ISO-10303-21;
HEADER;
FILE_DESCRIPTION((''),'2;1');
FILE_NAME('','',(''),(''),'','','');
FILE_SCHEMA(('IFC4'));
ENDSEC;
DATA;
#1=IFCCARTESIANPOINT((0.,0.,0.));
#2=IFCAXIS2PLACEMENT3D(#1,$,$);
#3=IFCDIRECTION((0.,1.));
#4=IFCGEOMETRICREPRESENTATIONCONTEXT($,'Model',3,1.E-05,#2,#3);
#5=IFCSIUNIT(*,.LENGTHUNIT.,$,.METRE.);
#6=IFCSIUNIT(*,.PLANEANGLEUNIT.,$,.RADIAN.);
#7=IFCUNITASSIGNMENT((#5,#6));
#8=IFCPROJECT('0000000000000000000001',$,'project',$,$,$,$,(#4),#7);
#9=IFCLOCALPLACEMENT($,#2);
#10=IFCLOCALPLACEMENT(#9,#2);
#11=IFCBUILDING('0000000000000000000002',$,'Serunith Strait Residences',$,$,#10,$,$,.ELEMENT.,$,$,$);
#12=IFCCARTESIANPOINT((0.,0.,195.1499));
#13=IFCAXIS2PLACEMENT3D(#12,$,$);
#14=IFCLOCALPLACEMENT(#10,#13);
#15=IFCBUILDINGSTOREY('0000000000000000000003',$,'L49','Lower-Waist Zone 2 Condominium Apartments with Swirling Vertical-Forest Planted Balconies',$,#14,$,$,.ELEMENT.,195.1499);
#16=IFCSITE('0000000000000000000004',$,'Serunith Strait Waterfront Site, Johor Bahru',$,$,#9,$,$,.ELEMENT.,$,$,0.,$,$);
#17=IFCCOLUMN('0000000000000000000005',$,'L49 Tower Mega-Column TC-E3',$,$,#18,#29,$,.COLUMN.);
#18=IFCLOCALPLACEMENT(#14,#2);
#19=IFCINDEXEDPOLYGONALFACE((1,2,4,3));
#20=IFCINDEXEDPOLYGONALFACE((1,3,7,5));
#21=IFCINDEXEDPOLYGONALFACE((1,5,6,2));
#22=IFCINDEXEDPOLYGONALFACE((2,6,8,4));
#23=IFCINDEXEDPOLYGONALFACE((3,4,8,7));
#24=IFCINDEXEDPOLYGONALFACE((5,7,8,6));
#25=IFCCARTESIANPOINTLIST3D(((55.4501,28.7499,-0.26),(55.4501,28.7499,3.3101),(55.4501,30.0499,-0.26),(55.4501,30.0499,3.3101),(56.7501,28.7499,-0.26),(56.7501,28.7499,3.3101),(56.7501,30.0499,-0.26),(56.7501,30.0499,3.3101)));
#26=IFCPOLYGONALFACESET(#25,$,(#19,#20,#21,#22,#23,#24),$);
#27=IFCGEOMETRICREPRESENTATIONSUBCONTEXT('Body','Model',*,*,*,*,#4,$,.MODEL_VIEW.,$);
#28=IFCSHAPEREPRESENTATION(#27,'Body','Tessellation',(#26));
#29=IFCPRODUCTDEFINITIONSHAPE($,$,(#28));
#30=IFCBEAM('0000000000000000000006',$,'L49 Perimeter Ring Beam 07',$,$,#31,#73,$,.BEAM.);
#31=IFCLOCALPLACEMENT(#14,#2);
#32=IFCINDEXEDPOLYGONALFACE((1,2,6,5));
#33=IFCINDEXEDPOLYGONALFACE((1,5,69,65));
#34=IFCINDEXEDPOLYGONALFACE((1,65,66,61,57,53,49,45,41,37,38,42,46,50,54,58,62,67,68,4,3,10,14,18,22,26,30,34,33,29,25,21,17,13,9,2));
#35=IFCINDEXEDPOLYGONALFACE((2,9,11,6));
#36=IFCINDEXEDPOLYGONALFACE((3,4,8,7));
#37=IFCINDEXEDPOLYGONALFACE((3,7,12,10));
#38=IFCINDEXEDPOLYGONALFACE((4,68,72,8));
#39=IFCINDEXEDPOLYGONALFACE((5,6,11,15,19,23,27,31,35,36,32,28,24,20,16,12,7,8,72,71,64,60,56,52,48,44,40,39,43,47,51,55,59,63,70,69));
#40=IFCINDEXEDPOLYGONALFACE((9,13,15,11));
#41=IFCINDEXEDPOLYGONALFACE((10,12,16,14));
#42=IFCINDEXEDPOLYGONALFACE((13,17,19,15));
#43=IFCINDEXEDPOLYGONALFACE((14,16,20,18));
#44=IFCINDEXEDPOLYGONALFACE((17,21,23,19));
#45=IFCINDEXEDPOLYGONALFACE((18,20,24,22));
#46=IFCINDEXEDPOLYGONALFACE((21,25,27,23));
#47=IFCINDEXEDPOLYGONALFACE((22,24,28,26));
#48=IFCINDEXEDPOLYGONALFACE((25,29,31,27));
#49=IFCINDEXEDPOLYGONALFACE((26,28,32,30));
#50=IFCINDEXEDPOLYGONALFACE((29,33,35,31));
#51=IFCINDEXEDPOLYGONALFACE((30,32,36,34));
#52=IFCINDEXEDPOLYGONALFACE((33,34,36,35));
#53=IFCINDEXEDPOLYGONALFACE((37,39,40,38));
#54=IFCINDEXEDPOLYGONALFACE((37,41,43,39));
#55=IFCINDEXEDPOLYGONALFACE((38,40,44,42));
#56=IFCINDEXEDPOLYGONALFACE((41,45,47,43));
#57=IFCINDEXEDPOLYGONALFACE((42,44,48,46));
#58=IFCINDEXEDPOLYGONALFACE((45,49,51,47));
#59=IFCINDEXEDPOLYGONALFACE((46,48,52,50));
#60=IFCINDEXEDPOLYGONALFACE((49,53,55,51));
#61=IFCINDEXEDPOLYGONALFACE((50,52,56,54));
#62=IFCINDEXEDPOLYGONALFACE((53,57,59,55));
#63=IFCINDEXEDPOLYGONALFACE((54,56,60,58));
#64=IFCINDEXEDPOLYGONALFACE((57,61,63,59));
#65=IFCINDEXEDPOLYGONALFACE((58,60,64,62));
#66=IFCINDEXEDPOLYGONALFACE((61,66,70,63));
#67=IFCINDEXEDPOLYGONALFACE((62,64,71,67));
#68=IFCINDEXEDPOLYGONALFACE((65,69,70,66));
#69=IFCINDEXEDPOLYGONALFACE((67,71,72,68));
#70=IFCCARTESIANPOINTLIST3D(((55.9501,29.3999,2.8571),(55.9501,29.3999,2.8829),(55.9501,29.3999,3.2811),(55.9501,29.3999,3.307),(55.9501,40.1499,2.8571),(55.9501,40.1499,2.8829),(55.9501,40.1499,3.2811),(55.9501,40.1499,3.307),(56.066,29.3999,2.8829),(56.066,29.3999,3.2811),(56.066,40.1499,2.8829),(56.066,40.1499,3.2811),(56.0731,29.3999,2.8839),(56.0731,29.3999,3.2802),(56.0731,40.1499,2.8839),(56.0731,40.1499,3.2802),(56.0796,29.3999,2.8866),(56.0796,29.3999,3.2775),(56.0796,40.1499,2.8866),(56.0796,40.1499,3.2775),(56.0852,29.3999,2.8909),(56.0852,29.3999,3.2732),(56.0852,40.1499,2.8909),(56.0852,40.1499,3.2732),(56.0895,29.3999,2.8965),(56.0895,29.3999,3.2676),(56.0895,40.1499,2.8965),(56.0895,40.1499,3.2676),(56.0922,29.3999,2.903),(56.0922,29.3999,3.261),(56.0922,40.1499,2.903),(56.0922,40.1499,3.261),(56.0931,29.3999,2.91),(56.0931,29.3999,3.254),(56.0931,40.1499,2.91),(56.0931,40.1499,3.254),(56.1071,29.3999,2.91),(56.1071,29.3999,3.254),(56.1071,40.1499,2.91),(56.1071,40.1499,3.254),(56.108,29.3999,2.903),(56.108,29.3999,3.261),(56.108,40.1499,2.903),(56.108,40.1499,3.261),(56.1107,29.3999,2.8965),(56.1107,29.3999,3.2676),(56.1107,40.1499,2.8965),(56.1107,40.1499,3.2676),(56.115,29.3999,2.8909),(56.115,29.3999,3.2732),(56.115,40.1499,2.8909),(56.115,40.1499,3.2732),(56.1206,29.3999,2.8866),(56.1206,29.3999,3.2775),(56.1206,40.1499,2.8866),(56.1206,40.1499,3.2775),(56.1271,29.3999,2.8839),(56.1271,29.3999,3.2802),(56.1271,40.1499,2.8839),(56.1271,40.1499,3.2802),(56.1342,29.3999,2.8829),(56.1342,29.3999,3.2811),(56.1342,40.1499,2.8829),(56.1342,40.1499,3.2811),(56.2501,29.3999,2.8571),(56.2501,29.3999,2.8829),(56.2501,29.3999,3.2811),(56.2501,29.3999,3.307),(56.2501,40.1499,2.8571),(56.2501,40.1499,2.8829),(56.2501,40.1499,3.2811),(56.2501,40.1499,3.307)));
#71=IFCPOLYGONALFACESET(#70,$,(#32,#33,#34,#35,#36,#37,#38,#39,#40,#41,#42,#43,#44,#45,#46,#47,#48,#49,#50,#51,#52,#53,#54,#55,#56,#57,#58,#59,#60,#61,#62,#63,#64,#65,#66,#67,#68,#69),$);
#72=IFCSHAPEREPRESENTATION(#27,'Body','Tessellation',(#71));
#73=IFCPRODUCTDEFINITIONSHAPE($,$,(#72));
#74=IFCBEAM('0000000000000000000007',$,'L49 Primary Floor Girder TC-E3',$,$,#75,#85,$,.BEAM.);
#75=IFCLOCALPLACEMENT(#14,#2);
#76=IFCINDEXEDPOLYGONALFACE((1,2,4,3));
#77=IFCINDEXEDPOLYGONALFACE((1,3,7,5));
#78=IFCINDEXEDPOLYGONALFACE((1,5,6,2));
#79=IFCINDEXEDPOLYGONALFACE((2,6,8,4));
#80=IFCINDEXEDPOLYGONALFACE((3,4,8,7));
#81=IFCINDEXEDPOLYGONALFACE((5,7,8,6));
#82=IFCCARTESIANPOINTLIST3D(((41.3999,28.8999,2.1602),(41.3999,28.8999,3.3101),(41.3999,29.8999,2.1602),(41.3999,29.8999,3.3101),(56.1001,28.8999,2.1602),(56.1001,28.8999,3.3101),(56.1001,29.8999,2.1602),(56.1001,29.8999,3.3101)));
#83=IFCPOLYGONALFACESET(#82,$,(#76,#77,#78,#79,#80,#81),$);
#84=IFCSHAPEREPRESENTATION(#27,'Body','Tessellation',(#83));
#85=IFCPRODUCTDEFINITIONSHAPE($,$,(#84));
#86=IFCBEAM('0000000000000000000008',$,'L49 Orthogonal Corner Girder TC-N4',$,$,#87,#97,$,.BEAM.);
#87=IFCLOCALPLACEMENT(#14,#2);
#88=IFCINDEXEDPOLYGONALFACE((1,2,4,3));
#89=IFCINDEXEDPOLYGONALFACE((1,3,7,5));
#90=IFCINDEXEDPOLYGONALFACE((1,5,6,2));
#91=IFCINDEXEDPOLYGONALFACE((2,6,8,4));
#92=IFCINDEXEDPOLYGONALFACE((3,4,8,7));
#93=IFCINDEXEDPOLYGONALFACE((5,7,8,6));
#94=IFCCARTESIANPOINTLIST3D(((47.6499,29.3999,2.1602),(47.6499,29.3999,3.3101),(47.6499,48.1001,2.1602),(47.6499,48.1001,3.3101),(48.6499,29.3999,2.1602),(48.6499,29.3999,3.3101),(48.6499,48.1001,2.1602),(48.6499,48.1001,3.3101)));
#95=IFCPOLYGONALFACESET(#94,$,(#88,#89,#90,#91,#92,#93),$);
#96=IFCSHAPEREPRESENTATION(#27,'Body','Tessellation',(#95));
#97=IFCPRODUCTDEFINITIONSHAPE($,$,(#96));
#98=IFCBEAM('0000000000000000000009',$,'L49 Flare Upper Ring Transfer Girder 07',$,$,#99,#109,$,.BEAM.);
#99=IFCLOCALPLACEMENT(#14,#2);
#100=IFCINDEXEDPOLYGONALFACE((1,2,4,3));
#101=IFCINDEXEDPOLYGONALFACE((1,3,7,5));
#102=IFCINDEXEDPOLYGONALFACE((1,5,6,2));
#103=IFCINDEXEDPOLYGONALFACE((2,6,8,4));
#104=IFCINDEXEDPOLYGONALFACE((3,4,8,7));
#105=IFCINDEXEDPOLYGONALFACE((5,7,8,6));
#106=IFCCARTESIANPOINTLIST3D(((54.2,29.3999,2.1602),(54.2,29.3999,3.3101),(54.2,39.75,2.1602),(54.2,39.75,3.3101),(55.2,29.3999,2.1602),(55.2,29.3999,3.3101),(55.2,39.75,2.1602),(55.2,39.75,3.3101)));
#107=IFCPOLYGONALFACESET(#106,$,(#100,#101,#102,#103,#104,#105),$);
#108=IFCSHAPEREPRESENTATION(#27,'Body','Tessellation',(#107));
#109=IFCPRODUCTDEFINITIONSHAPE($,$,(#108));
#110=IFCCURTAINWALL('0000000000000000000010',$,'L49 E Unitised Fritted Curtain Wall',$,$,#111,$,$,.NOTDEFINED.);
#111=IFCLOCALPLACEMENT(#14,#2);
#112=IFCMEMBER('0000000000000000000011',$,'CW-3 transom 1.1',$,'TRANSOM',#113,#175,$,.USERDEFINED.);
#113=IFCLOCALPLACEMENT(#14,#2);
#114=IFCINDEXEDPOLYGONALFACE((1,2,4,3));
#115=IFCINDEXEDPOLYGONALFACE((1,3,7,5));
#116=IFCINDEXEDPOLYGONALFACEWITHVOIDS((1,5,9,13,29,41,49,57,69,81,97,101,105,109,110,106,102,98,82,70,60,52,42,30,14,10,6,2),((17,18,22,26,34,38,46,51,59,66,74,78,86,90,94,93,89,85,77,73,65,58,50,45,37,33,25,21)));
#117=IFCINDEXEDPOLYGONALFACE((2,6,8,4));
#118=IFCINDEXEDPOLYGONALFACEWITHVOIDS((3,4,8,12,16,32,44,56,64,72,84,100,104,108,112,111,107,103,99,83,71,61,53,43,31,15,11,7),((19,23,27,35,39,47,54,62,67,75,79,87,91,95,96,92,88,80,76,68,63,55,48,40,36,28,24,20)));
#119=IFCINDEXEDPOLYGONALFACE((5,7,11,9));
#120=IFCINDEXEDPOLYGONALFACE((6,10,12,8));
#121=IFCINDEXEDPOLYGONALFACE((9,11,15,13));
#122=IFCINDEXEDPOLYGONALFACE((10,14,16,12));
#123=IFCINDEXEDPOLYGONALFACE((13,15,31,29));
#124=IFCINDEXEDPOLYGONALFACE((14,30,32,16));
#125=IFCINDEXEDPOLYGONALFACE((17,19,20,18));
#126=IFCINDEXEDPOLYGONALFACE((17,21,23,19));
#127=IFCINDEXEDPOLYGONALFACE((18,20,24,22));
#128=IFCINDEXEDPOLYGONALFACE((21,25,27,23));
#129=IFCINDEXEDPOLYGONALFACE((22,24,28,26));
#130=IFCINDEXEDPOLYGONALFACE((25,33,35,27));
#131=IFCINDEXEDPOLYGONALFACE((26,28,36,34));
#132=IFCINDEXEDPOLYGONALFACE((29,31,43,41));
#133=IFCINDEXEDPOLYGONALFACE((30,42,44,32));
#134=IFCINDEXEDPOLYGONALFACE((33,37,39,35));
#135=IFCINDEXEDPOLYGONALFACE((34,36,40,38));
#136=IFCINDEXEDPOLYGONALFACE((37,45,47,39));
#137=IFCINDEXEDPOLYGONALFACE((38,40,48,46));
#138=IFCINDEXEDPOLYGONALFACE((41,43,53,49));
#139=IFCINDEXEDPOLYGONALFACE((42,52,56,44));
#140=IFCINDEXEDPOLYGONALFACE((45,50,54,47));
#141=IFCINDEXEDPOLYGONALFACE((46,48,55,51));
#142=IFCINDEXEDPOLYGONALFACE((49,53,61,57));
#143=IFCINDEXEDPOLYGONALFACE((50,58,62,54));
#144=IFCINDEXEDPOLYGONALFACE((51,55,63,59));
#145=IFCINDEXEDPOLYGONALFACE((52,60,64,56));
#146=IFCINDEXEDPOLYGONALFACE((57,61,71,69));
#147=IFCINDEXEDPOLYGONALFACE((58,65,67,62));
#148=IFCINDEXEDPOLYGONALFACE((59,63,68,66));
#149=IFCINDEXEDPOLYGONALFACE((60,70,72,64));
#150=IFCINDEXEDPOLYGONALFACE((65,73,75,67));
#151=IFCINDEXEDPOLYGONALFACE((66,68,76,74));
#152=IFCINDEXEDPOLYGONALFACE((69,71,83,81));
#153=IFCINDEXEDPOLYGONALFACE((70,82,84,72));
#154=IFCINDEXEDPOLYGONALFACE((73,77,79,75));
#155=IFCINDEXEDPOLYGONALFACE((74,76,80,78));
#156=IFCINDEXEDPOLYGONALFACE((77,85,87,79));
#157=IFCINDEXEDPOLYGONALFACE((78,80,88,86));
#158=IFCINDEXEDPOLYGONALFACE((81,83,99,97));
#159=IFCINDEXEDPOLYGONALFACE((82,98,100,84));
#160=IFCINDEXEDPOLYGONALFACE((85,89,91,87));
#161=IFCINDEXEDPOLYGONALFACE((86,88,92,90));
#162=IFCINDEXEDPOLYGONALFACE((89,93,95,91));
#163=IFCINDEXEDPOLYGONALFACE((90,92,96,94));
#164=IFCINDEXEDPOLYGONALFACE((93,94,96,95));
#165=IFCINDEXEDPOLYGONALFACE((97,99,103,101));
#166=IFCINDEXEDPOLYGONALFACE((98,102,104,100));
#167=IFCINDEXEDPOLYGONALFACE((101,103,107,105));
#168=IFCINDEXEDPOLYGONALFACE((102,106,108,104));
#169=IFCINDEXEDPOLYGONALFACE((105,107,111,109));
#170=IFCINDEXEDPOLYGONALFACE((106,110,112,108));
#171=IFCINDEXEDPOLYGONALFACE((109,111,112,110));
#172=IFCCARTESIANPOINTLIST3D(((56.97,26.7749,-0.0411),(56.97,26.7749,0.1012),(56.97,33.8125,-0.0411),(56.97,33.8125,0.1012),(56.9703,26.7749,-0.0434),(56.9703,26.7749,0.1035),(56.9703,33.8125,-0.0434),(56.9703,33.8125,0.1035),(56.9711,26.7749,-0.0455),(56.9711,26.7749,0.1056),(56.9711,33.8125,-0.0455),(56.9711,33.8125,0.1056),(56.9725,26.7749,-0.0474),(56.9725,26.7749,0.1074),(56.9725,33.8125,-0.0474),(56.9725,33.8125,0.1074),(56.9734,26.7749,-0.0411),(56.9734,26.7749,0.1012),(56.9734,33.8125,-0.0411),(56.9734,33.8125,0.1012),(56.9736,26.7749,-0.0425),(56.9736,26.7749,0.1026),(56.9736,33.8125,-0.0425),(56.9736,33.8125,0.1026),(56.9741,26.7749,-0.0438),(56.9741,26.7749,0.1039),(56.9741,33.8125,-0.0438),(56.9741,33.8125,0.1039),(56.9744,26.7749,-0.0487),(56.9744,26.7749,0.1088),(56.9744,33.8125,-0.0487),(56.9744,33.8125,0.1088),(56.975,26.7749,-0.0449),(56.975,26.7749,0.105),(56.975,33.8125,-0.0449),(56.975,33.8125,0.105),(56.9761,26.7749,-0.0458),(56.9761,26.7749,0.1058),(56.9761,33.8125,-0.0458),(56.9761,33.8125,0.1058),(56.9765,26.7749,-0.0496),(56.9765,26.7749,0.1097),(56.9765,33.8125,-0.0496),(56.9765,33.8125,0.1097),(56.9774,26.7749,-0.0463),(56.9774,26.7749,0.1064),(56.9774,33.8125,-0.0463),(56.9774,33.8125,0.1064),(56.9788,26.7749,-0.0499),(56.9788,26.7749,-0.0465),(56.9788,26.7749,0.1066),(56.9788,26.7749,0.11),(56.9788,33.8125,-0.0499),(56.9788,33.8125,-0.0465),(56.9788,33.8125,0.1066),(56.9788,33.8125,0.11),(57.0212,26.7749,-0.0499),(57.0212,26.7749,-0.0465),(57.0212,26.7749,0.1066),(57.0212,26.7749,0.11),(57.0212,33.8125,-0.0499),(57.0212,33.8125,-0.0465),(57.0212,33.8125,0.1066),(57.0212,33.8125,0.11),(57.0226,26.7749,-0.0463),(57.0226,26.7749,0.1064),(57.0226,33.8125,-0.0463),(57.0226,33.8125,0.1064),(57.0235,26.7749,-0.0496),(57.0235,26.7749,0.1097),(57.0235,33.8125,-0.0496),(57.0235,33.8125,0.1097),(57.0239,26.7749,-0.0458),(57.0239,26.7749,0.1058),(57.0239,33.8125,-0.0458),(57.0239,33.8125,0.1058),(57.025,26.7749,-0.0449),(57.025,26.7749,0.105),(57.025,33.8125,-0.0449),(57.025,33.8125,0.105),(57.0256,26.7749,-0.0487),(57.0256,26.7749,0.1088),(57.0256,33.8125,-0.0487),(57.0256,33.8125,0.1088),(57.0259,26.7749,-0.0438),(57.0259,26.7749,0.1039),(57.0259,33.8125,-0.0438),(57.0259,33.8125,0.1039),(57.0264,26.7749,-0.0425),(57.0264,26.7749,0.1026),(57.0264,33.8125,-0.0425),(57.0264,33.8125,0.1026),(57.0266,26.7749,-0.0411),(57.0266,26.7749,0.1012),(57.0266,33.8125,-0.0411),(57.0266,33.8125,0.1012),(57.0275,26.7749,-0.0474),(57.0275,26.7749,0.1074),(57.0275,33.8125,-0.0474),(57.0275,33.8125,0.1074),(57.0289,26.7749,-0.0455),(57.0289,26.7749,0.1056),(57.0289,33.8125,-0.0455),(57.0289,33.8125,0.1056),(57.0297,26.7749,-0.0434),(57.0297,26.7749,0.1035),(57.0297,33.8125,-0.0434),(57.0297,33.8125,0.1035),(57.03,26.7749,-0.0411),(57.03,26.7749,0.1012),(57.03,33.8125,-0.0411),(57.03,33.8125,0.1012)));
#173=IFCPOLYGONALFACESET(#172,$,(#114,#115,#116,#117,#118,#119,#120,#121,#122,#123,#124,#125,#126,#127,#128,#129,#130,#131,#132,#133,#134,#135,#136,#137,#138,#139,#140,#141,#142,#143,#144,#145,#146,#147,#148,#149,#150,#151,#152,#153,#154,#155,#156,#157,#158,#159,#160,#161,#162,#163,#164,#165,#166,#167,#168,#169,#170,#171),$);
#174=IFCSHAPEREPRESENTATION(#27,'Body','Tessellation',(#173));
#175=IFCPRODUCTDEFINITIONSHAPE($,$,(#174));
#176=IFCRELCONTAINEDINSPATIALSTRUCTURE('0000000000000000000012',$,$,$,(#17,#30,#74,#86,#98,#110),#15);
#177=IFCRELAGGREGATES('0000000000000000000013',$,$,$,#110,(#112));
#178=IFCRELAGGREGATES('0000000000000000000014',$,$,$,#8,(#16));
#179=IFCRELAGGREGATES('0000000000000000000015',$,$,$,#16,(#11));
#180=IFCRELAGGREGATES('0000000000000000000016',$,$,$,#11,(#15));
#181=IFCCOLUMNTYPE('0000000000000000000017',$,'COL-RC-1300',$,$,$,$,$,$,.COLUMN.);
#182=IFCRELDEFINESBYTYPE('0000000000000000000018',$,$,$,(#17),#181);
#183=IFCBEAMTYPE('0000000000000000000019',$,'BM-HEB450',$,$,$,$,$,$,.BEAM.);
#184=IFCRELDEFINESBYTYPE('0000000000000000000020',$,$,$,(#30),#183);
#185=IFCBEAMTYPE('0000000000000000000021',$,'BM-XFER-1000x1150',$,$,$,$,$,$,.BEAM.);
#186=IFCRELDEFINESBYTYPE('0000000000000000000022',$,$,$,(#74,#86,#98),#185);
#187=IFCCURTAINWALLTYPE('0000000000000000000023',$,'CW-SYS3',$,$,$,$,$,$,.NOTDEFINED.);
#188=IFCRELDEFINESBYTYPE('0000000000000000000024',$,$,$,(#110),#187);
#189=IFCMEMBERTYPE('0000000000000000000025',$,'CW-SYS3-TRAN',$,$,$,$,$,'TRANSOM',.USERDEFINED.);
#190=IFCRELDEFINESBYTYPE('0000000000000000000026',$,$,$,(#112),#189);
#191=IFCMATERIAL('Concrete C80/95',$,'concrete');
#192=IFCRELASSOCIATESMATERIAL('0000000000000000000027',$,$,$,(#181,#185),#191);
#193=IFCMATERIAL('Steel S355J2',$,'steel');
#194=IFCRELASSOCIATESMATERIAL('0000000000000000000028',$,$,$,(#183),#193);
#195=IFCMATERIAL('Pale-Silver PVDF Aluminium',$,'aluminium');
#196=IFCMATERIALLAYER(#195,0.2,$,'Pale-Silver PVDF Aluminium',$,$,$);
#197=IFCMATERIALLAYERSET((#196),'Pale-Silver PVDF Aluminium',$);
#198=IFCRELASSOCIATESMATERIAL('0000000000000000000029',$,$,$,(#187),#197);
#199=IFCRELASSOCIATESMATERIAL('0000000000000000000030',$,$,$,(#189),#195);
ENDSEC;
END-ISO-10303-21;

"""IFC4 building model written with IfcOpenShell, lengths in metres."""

from ifc_helpers import new_model, si_unit, direction, frame, origin, origin_2d, place, context, subcontext, project, spatial, rectangle, hollow_rectangle, i_section, extrude, source, transform, mapped, material, layer, layer_set, material_profile, profile_set, type_object, element, aggregate, save


model = new_model("IFC4")

# Units and contexts
model_context = context("Model", 3, precision=1e-05, world=origin(), true_north=direction((0.0, 1.0)))
body_context = subcontext(model_context, "Body", "Model", "MODEL_VIEW")
ifc_project = project(units=[si_unit("LENGTHUNIT", "METRE"), si_unit("PLANEANGLEUNIT", "RADIAN")], contexts=[model_context])

# Site, building, storey
site_placement = place(None, origin())
site = spatial("IfcSite", under=ifc_project, at=site_placement, Name="Serunith Strait Waterfront Site, Johor Bahru", CompositionType="ELEMENT", RefElevation=0.0)
building_placement = place(site_placement, origin())
building = spatial("IfcBuilding", under=site, at=building_placement, Name="Serunith Strait Residences", CompositionType="ELEMENT")
storey_placement = place(building_placement, frame((0.0, 0.0, 195.1499)))
storey = spatial("IfcBuildingStorey", under=building, at=storey_placement, Name="L49", Description="Lower-Waist Zone 2 Condominium Apartments with Swirling Vertical-Forest Planted Balconies", CompositionType="ELEMENT", Elevation=195.1499)

# Column
ifc_material_1 = material(Name="Concrete C80/95", Category="concrete")
ifc_material_profile_1 = material_profile(ifc_material_1, rectangle(XDim=1.3, YDim=1.3, at=origin_2d()), Name="RC 1300x1300")
ifc_profile_set_1 = profile_set([ifc_material_profile_1], Name="Concrete C80/95")
column_type = type_object("IfcColumnType", Name="COL-RC-1300", PredefinedType="COLUMN", material=ifc_profile_set_1)
shared_shape_1 = source(origin(), body_context, "Body", "SweptSolid", [
    extrude(rectangle(XDim=1.3, YDim=1.3, at=origin_2d()), origin(), (0.0, 0.0, 1.0), 3.5701),
])
column_placement = place(storey_placement, frame((56.1001, 29.3999, -0.26), z_axis=(0.0, 0.0, 1.0), x_axis=(1.0, 0.0, 0.0)))
element("IfcColumn", 1, at=column_placement, inside=storey, type_object=column_type, Name="L49 Tower Mega-Column TC-E3", PredefinedType="COLUMN", context=body_context, shape_type="MappedRepresentation", body=[
    mapped(shared_shape_1, transform((0.0, 0.0, 0.0), scale=1.0)),
])

# Beams
ifc_material_2 = material(Name="Steel S355J2", Category="steel")
ifc_material_profile_2 = material_profile(ifc_material_2, i_section(OverallWidth=0.3, OverallDepth=0.45, WebThickness=0.0139, FlangeThickness=0.0259, FilletRadius=0.0271, at=origin_2d()), Name="HEB 450")
ifc_profile_set_2 = profile_set([ifc_material_profile_2], Name="Steel S355J2")
beam_type_1 = type_object("IfcBeamType", Name="BM-HEB450", PredefinedType="BEAM", material=ifc_profile_set_2)
shared_shape_2 = source(origin(), body_context, "Body", "SweptSolid", [
    extrude(i_section(OverallWidth=0.3, OverallDepth=0.45, WebThickness=0.0139, FlangeThickness=0.0259, FilletRadius=0.0271, at=origin_2d()), origin(), (0.0, 0.0, 1.0), 10.75),
])
beam_1_placement = place(storey_placement, frame((56.1001, 29.3999, 3.082), z_axis=(0.0, 1.0, 0.0), x_axis=(-1.0, 0.0, 0.0)))
element("IfcBeam", 2, at=beam_1_placement, inside=storey, type_object=beam_type_1, Name="L49 Perimeter Ring Beam 07", PredefinedType="BEAM", context=body_context, shape_type="MappedRepresentation", body=[
    mapped(shared_shape_2, transform((0.0, 0.0, 0.0), scale=1.0)),
])
ifc_material_profile_3 = material_profile(ifc_material_1, rectangle(XDim=1.0, YDim=1.1499, at=origin_2d()), Name="RC 1000x1150")
ifc_profile_set_3 = profile_set([ifc_material_profile_3], Name="Concrete C80/95")
beam_type_2 = type_object("IfcBeamType", Name="BM-XFER-1000x1150", PredefinedType="BEAM", material=ifc_profile_set_3)
shared_shape_3 = source(origin(), body_context, "Body", "SweptSolid", [
    extrude(rectangle(XDim=1.0, YDim=1.1499, at=origin_2d()), origin(), (0.0, 0.0, 1.0), 14.7002),
])
beam_2_placement = place(storey_placement, frame((41.3999, 29.3999, 2.7351), z_axis=(1.0, 0.0, 0.0), x_axis=(0.0, 1.0, 0.0)))
element("IfcBeam", 3, at=beam_2_placement, inside=storey, type_object=beam_type_2, Name="L49 Primary Floor Girder TC-E3", PredefinedType="BEAM", context=body_context, shape_type="MappedRepresentation", body=[
    mapped(shared_shape_3, transform((0.0, 0.0, 0.0), scale=1.0)),
])
shared_shape_4 = source(origin(), body_context, "Body", "SweptSolid", [
    extrude(rectangle(XDim=1.0, YDim=1.1499, at=origin_2d()), origin(), (0.0, 0.0, 1.0), 18.7002),
])
beam_3_placement = place(storey_placement, frame((48.1499, 29.3999, 2.7351), z_axis=(0.0, 1.0, 0.0), x_axis=(-1.0, 0.0, 0.0)))
element("IfcBeam", 4, at=beam_3_placement, inside=storey, type_object=beam_type_2, Name="L49 Orthogonal Corner Girder TC-N4", PredefinedType="BEAM", context=body_context, shape_type="MappedRepresentation", body=[
    mapped(shared_shape_4, transform((0.0, 0.0, 0.0), scale=1.0)),
])
shared_shape_5 = source(origin(), body_context, "Body", "SweptSolid", [
    extrude(rectangle(XDim=1.0, YDim=1.1499, at=origin_2d()), origin(), (0.0, 0.0, 1.0), 10.3501),
])
beam_4_placement = place(storey_placement, frame((54.7, 29.3999, 2.7351), z_axis=(0.0, 1.0, 0.0), x_axis=(-1.0, 0.0, 0.0)))
element("IfcBeam", 5, at=beam_4_placement, inside=storey, type_object=beam_type_2, Name="L49 Flare Upper Ring Transfer Girder 07", PredefinedType="BEAM", context=body_context, shape_type="MappedRepresentation", body=[
    mapped(shared_shape_5, transform((0.0, 0.0, 0.0), scale=1.0)),
])

# Curtain wall, member
ifc_material_3 = material(Name="Pale-Silver PVDF Aluminium", Category="aluminium")
ifc_layer_1 = layer(ifc_material_3, 0.2, Name="Pale-Silver PVDF Aluminium")
ifc_layer_set_1 = layer_set([ifc_layer_1], Name="Pale-Silver PVDF Aluminium")
curtain_wall_type = type_object("IfcCurtainWallType", Name="CW-SYS3", PredefinedType="NOTDEFINED", material=ifc_layer_set_1)
curtain_wall_placement = place(storey_placement, origin())
curtain_wall = element("IfcCurtainWall", 6, at=curtain_wall_placement, inside=storey, type_object=curtain_wall_type, Name="L49 E Unitised Fritted Curtain Wall", PredefinedType="NOTDEFINED")
ifc_material_profile_4 = material_profile(ifc_material_3, hollow_rectangle(XDim=0.0601, YDim=0.1599, WallThickness=0.0034, InnerFilletRadius=0.0054, OuterFilletRadius=0.0088, at=origin_2d()), Name="ALU 160x60x3.5")
ifc_profile_set_4 = profile_set([ifc_material_profile_4], Name="Pale-Silver PVDF Aluminium")
member_type_1 = type_object("IfcMemberType", Name="CW-SYS3-TRAN", ElementType="TRANSOM", PredefinedType="USERDEFINED", material=ifc_profile_set_4)
shared_shape_6 = source(origin(), body_context, "Body", "SweptSolid", [
    extrude(hollow_rectangle(XDim=0.0601, YDim=0.1599, WallThickness=0.0034, InnerFilletRadius=0.0054, OuterFilletRadius=0.0088, at=origin_2d()), origin(), (0.0, 0.0, 1.0), 7.0376),
])
member_1_placement = place(storey_placement, frame((57.0, 26.7749, 0.03), z_axis=(0.0, 1.0, 0.0), x_axis=(-1.0, 0.0, 0.0)))
member_1 = element("IfcMember", 7, at=member_1_placement, type_object=member_type_1, Name="CW-3 transom 1.1", ObjectType="TRANSOM", PredefinedType="USERDEFINED", context=body_context, shape_type="MappedRepresentation", body=[
    mapped(shared_shape_6, transform((0.0, 0.0, 0.0), scale=1.0)),
])
aggregate(curtain_wall, [member_1])

save(model, "model.ifc")
